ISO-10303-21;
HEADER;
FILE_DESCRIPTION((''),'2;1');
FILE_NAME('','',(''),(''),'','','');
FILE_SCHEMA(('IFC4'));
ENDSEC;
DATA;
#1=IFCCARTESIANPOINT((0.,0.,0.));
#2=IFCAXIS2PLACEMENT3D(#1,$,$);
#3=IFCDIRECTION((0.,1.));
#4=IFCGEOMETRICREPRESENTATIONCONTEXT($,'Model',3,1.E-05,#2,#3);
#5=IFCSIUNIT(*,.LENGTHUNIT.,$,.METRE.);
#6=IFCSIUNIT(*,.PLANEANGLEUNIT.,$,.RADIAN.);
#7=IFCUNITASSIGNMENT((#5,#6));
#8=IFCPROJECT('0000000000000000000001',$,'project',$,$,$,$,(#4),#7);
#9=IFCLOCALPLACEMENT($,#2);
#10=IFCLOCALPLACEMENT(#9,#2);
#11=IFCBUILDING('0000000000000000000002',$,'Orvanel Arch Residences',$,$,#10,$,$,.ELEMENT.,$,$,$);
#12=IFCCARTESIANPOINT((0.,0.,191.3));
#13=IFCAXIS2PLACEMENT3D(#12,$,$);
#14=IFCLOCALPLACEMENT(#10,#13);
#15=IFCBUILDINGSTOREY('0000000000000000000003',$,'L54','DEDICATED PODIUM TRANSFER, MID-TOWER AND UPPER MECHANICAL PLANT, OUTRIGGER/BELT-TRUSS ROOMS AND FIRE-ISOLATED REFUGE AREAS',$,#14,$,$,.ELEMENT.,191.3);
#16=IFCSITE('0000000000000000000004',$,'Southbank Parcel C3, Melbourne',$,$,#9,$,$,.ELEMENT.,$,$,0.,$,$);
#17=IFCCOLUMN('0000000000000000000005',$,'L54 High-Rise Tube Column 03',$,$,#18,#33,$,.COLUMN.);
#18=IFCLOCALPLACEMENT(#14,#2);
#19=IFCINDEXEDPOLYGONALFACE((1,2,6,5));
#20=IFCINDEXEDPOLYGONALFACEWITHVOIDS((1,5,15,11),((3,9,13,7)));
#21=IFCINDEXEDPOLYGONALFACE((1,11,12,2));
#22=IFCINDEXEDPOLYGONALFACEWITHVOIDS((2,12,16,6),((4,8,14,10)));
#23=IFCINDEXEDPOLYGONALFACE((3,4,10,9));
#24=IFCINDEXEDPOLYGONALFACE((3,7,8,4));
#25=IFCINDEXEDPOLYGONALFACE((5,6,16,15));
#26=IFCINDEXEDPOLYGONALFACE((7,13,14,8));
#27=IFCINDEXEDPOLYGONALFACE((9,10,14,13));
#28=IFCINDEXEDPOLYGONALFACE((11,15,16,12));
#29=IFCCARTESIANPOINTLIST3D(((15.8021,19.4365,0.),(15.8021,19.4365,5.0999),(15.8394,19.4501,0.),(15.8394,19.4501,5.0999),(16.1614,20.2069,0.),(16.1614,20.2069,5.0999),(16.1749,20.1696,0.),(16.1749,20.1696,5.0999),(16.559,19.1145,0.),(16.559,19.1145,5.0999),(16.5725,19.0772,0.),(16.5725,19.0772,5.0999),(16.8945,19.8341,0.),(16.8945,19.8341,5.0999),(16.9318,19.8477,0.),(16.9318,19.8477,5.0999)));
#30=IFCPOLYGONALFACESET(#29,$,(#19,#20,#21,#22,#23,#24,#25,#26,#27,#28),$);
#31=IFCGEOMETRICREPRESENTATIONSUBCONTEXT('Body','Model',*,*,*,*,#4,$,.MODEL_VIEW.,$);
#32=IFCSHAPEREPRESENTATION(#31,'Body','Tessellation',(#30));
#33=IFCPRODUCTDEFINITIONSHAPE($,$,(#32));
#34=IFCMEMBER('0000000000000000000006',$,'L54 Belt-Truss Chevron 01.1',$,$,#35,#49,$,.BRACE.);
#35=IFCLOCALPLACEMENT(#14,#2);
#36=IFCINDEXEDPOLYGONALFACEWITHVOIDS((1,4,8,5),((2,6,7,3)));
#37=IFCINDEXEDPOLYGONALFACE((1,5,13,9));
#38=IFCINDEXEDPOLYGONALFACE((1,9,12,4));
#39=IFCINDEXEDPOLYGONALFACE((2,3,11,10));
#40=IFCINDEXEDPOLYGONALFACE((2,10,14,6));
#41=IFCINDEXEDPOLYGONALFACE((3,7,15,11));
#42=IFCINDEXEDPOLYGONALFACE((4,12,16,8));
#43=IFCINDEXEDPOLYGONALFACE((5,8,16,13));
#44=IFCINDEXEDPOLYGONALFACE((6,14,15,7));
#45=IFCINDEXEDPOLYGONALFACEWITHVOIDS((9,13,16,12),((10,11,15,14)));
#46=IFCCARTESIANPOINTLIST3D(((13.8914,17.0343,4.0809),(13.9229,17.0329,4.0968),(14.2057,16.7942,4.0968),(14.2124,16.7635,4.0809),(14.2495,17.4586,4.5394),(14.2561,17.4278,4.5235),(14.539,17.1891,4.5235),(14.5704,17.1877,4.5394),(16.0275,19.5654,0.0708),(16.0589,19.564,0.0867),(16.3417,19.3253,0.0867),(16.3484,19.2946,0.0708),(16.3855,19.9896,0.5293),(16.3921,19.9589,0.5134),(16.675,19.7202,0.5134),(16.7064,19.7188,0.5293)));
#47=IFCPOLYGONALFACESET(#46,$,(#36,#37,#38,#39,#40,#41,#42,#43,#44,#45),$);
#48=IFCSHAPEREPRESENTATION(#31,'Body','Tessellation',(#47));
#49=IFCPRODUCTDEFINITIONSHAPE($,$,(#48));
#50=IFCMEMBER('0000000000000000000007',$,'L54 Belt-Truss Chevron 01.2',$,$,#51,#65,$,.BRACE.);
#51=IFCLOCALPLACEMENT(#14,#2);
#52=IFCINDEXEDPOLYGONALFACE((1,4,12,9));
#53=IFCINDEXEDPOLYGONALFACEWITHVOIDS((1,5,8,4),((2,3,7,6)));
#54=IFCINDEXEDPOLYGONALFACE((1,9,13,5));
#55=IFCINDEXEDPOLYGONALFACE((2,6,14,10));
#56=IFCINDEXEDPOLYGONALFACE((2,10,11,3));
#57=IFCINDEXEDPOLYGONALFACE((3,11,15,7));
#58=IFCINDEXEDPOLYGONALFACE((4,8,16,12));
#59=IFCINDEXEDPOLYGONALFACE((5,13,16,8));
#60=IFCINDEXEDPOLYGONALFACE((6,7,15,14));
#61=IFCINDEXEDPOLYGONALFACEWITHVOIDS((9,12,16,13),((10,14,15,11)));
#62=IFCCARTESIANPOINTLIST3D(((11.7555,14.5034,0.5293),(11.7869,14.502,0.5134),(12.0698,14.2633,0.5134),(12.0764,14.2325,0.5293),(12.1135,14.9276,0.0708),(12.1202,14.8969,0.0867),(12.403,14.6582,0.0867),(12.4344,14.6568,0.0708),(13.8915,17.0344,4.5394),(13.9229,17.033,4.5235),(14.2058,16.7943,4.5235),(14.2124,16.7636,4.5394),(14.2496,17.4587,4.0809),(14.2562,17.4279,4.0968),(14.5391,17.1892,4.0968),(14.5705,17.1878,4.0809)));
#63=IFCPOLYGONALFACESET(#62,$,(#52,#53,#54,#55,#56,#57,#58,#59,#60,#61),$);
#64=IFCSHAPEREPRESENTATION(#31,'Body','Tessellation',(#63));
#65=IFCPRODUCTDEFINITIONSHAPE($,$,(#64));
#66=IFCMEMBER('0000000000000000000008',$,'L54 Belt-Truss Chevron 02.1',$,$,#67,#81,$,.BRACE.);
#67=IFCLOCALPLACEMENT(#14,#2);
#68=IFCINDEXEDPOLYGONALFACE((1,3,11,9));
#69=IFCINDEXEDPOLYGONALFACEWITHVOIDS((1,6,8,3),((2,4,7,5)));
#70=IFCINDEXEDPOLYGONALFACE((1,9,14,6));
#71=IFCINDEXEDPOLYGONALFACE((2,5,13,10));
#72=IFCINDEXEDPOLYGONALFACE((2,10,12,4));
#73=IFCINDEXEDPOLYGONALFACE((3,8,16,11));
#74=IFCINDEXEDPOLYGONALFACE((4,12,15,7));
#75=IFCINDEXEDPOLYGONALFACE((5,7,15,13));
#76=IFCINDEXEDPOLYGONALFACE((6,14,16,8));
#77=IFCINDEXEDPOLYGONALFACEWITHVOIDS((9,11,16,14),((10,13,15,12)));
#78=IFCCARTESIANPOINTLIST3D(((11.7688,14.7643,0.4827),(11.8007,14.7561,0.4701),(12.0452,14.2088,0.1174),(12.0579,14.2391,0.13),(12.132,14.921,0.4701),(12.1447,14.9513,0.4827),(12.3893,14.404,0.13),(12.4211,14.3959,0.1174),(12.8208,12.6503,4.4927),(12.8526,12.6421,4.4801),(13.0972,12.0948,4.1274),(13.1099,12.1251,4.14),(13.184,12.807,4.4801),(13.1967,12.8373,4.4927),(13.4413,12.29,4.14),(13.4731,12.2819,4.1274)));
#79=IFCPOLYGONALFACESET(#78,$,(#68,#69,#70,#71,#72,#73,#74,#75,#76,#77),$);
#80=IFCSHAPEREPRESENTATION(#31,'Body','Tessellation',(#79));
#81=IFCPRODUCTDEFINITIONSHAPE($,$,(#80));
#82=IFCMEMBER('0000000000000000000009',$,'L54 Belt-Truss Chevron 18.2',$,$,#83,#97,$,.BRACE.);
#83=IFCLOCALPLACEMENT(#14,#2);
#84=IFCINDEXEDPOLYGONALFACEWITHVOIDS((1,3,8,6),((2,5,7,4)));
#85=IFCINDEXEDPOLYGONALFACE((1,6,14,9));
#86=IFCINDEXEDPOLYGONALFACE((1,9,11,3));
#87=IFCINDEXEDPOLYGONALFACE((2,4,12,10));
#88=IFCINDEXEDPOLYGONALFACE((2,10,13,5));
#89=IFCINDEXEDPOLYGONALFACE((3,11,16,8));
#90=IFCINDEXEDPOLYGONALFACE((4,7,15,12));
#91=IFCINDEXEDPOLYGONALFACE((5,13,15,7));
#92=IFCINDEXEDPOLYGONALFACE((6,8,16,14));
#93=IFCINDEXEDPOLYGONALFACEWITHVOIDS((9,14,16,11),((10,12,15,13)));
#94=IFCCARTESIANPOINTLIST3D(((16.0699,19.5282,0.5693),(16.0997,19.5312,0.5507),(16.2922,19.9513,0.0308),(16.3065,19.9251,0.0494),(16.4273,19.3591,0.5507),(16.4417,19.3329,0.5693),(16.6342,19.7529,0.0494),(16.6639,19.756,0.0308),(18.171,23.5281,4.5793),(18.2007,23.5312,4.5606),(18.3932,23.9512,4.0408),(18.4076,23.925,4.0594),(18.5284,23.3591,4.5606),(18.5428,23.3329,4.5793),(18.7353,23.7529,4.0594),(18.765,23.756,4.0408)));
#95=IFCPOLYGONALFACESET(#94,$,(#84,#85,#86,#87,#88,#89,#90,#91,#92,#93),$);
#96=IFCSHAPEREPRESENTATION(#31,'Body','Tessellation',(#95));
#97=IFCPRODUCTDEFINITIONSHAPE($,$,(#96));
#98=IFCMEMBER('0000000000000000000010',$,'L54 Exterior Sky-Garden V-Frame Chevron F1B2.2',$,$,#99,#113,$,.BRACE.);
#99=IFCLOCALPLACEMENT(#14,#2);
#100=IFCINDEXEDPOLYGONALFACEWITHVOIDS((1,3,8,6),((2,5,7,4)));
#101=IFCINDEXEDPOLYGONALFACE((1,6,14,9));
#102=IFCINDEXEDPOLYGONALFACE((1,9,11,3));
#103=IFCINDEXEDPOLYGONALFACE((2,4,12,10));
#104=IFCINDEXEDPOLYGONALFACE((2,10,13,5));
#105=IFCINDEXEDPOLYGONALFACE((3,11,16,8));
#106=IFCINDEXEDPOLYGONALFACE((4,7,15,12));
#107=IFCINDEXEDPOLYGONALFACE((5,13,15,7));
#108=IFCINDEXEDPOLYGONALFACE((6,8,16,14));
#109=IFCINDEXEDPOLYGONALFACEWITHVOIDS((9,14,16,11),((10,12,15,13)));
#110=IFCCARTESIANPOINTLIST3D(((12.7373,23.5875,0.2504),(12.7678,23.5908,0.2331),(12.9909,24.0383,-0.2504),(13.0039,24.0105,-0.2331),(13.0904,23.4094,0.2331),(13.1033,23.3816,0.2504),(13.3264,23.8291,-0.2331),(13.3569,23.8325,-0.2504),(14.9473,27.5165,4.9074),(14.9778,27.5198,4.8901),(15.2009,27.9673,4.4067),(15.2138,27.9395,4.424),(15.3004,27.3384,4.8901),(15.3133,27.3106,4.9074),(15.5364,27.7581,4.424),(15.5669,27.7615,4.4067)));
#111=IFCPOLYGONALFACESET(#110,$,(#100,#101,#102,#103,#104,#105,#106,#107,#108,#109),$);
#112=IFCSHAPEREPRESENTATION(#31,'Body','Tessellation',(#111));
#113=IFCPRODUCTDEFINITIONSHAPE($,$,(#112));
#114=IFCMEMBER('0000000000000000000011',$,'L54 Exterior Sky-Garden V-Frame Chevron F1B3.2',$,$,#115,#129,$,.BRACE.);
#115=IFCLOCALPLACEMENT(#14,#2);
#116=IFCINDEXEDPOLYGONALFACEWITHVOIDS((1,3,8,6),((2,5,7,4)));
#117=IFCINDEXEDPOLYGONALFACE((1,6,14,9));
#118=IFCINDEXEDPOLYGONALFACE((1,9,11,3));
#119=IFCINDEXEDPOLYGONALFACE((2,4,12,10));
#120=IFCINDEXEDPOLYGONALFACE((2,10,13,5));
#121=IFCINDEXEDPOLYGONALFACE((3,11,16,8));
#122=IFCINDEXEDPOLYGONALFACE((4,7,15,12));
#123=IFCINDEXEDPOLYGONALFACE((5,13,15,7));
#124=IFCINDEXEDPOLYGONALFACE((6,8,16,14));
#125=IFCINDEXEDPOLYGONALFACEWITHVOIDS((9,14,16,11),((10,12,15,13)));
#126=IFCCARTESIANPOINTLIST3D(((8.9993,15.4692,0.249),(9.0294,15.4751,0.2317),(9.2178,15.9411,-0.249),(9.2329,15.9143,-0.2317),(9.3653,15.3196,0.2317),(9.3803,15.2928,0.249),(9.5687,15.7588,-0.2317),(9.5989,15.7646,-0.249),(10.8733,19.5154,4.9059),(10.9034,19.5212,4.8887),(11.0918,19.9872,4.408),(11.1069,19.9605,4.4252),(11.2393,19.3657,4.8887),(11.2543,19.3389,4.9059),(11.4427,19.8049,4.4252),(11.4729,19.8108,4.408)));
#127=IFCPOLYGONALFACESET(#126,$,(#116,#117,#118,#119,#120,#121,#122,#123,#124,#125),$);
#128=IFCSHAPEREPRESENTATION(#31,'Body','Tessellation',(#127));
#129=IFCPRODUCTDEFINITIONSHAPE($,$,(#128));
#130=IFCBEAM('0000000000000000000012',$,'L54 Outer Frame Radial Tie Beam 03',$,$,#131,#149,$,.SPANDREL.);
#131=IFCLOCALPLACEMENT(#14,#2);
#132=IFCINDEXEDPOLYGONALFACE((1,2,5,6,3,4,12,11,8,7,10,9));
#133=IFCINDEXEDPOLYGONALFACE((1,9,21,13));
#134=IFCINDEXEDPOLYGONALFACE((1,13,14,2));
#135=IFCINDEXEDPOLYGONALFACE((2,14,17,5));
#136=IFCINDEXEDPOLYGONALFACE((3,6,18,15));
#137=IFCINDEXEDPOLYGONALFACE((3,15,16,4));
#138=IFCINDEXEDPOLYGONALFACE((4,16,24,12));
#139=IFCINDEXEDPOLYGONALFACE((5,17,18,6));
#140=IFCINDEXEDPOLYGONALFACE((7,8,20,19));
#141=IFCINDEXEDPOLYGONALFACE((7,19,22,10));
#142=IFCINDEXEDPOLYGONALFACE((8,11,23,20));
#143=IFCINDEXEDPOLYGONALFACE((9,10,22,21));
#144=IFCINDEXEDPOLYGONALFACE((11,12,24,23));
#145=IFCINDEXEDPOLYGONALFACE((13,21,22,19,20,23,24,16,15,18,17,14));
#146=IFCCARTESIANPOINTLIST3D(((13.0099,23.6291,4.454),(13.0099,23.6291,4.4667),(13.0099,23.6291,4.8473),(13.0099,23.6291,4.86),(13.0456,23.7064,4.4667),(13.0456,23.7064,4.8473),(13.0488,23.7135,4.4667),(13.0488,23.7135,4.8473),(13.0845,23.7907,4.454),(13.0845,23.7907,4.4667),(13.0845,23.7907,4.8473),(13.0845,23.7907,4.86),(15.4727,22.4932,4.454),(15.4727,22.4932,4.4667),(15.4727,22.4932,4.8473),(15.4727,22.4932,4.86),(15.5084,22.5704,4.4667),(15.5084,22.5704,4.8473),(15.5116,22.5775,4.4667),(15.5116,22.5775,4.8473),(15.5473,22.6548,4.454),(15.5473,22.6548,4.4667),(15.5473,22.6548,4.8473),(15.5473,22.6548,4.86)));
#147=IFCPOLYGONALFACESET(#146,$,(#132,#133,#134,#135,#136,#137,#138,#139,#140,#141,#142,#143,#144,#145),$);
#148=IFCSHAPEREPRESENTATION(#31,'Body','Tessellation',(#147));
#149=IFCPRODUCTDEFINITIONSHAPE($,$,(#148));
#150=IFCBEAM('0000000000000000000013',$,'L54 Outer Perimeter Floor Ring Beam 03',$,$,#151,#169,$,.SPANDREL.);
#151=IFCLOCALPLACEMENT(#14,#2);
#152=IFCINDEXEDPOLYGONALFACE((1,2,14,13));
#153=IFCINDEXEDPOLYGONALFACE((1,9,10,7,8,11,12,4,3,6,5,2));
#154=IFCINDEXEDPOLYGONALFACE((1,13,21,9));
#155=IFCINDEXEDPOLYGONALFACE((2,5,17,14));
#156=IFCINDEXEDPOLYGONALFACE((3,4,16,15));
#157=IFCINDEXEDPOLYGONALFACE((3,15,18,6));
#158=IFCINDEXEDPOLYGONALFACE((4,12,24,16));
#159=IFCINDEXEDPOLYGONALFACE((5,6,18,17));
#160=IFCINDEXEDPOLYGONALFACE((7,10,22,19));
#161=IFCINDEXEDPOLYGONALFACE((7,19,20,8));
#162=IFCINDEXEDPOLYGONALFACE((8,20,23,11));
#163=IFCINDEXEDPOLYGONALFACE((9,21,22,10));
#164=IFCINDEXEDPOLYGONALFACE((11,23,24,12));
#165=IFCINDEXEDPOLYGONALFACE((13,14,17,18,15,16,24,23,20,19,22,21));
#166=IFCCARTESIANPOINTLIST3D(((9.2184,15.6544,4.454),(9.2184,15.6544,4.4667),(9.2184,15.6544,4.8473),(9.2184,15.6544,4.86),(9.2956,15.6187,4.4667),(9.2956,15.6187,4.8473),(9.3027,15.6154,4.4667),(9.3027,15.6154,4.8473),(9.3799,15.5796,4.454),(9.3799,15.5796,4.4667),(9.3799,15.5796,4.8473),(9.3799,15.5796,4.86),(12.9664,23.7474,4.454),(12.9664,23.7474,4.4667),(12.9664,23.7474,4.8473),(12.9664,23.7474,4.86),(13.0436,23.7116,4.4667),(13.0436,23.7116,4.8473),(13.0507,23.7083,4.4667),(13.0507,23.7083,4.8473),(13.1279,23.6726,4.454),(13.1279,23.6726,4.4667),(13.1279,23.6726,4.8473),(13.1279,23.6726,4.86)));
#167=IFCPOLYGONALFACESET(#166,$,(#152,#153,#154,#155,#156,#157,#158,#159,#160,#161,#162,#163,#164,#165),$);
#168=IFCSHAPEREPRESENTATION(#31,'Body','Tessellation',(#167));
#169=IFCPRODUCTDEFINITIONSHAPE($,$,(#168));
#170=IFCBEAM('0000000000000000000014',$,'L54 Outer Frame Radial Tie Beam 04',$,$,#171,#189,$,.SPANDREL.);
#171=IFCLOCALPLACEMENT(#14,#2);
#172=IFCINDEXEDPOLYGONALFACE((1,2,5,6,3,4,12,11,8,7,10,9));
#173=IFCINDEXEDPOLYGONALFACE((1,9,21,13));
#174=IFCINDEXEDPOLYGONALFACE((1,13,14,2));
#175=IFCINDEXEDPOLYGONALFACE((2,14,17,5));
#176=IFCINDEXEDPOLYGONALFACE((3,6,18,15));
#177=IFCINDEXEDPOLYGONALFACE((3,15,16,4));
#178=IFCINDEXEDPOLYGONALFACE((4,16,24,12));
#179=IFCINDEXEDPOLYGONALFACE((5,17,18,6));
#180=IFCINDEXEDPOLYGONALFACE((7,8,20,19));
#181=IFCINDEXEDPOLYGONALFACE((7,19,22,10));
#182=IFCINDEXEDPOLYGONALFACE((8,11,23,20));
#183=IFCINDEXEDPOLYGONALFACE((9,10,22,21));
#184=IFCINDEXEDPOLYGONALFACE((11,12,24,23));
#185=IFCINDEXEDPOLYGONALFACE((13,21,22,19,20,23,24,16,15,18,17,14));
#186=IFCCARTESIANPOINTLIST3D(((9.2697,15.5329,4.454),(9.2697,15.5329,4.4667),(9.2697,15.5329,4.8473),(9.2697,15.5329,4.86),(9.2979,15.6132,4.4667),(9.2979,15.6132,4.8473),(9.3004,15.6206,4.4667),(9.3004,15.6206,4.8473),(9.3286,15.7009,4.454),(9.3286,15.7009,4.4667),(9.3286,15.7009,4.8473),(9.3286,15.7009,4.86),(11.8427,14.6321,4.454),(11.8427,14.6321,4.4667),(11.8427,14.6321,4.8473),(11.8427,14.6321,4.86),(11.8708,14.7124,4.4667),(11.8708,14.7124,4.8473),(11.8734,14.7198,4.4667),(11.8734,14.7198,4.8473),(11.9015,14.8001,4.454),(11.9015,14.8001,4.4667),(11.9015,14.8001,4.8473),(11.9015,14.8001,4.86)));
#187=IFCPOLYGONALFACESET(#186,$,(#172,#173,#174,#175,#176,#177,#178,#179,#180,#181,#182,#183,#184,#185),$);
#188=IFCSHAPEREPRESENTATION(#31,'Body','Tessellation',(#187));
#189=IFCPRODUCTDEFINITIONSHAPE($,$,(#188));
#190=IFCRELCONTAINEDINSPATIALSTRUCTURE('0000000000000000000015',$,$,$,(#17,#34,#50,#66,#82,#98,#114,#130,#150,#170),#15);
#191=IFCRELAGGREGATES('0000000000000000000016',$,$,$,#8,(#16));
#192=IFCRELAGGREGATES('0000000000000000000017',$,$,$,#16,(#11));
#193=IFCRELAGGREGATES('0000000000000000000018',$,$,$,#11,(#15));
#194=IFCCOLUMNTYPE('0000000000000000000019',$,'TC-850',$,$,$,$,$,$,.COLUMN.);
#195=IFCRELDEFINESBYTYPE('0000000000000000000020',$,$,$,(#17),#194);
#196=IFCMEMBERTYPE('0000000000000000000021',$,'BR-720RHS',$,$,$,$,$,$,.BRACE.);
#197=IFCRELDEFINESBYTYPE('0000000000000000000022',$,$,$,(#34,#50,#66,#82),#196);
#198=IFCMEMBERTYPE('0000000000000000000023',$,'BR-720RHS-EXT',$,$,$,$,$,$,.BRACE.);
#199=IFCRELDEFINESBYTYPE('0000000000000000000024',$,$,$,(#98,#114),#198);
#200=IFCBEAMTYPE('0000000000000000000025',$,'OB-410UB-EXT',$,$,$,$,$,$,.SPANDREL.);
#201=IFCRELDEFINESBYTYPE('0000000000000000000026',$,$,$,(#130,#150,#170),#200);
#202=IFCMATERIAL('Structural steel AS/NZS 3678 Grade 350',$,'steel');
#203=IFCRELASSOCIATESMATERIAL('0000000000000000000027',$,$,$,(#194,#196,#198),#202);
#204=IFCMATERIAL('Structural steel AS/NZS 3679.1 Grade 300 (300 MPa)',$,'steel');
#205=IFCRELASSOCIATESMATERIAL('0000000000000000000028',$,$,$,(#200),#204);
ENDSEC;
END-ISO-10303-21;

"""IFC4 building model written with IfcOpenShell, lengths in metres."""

from ifc_helpers import new_model, si_unit, direction, frame, origin, origin_2d, place, context, subcontext, project, spatial, hollow_rectangle, i_section, extrude, material, material_profile, profile_set, type_object, element, save


model = new_model("IFC4")

# Units and contexts
model_context = context("Model", 3, precision=1e-05, world=origin(), true_north=direction((0.0, 1.0)))
body_context = subcontext(model_context, "Body", "Model", "MODEL_VIEW")
ifc_project = project(units=[si_unit("LENGTHUNIT", "METRE"), si_unit("PLANEANGLEUNIT", "RADIAN")], contexts=[model_context])

# Site, building, storey
site_placement = place(None, origin())
site = spatial("IfcSite", under=ifc_project, at=site_placement, Name="Southbank Parcel C3, Melbourne", CompositionType="ELEMENT", RefElevation=0.0)
building_placement = place(site_placement, origin())
building = spatial("IfcBuilding", under=site, at=building_placement, Name="Orvanel Arch Residences", CompositionType="ELEMENT")
storey_placement = place(building_placement, frame((0.0, 0.0, 191.3)))
storey = spatial("IfcBuildingStorey", under=building, at=storey_placement, Name="L54", Description="DEDICATED PODIUM TRANSFER, MID-TOWER AND UPPER MECHANICAL PLANT, OUTRIGGER/BELT-TRUSS ROOMS AND FIRE-ISOLATED REFUGE AREAS", CompositionType="ELEMENT", Elevation=191.3)

# Column
ifc_material_1 = material(Name="Structural steel AS/NZS 3678 Grade 350", Category="steel")
ifc_material_profile_1 = material_profile(ifc_material_1, hollow_rectangle(XDim=0.8501, YDim=0.8501, WallThickness=0.0281, at=origin_2d()), Name="BOX850x850x28")
ifc_profile_set_1 = profile_set([ifc_material_profile_1], Name="Structural steel AS/NZS 3678 Grade 350")
column_type = type_object("IfcColumnType", Name="TC-850", PredefinedType="COLUMN", material=ifc_profile_set_1)
column_placement = place(storey_placement, frame((16.3669, 19.6421, 0.0), z_axis=(0.0, 0.0, 1.0), x_axis=(0.422618, 0.906308, 0.0)))
element("IfcColumn", 1, at=column_placement, inside=storey, type_object=column_type, Name="L54 High-Rise Tube Column 03", PredefinedType="COLUMN", context=body_context, shape_type="SweptSolid", body=[
    extrude(hollow_rectangle(XDim=0.8501, YDim=0.8501, WallThickness=0.0281, at=origin_2d()), origin(), (0.0, 0.0, 1.0), 5.0999),
])

# Members
ifc_material_profile_2 = material_profile(ifc_material_1, hollow_rectangle(XDim=0.4199, YDim=0.72, WallThickness=0.0249, at=origin_2d()), Name="RHS720x420x25")
ifc_profile_set_2 = profile_set([ifc_material_profile_2], Name="Structural steel AS/NZS 3678 Grade 350")
member_type_1 = type_object("IfcMemberType", Name="BR-720RHS", PredefinedType="BRACE", material=ifc_profile_set_2)
for number, where, z_axis, x_axis, name in (
    (2, (16.3669, 19.6421, 0.3), (-0.410701, -0.486654, 0.771033), (0.764224, -0.64495, 0.0), "L54 Belt-Truss Chevron 01.1"),
    (3, (12.095, 14.5801, 0.3), (0.410701, 0.486654, 0.771033), (-0.764224, 0.64495, 0.0), "L54 Belt-Truss Chevron 01.2"),
):
    element("IfcMember", number, at=place(storey_placement, frame(where, z_axis=z_axis, x_axis=x_axis)), inside=storey, type_object=member_type_1, Name=name, PredefinedType="BRACE", context=body_context, shape_type="SweptSolid", body=[
        extrude(hollow_rectangle(XDim=0.4199, YDim=0.72, WallThickness=0.0249, at=origin_2d()), origin(), (0.0, 0.0, 1.0), 5.2009),
    ])
member_1_placement = place(storey_placement, frame((12.095, 14.5801, 0.3), z_axis=(0.226062, -0.454275, 0.861702), x_axis=(0.895273, 0.445517, 0.0)))
element("IfcMember", 4, at=member_1_placement, inside=storey, type_object=member_type_1, Name="L54 Belt-Truss Chevron 02.1", PredefinedType="BRACE", context=body_context, shape_type="SweptSolid", body=[
    extrude(hollow_rectangle(XDim=0.4199, YDim=0.72, WallThickness=0.0249, at=origin_2d()), origin(), (0.0, 0.0, 1.0), 4.6536),
])
member_2_placement = place(storey_placement, frame((16.3669, 19.6421, 0.3), z_axis=(0.347798, 0.662133, 0.66379), x_axis=(-0.8853, 0.46502, 0.0)))
element("IfcMember", 5, at=member_2_placement, inside=storey, type_object=member_type_1, Name="L54 Belt-Truss Chevron 18.2", PredefinedType="BRACE", context=body_context, shape_type="SweptSolid", body=[
    extrude(hollow_rectangle(XDim=0.4199, YDim=0.72, WallThickness=0.0249, at=origin_2d()), origin(), (0.0, 0.0, 1.0), 6.041),
])
ifc_material_profile_3 = material_profile(ifc_material_1, hollow_rectangle(XDim=0.4199, YDim=0.72, WallThickness=0.0249, at=origin_2d()), Name="RHS720x420x25")
ifc_profile_set_3 = profile_set([ifc_material_profile_3], Name="Structural steel AS/NZS 3678 Grade 350")
member_type_2 = type_object("IfcMemberType", Name="BR-720RHS-EXT", PredefinedType="BRACE", material=ifc_profile_set_3)
member_3_placement = place(storey_placement, frame((13.0471, 23.71, 0.0), z_axis=(0.340971, 0.606192, 0.718519), x_axis=(-0.871583, 0.490248, 0.0)))
element("IfcMember", 6, at=member_3_placement, inside=storey, type_object=member_type_2, Name="L54 Exterior Sky-Garden V-Frame Chevron F1B2.2", PredefinedType="BRACE", context=body_context, shape_type="SweptSolid", body=[
    extrude(hollow_rectangle(XDim=0.4199, YDim=0.72, WallThickness=0.0249, at=origin_2d()), origin(), (0.0, 0.0, 1.0), 6.4814),
])
member_4_placement = place(storey_placement, frame((9.2991, 15.6169, 0.0), z_axis=(0.290657, 0.627549, 0.722289), x_axis=(-0.907398, 0.420273, 0.0)))
element("IfcMember", 7, at=member_4_placement, inside=storey, type_object=member_type_2, Name="L54 Exterior Sky-Garden V-Frame Chevron F1B3.2", PredefinedType="BRACE", context=body_context, shape_type="SweptSolid", body=[
    extrude(hollow_rectangle(XDim=0.4199, YDim=0.72, WallThickness=0.0249, at=origin_2d()), origin(), (0.0, 0.0, 1.0), 6.4475),
])

# Beams
ifc_material_2 = material(Name="Structural steel AS/NZS 3679.1 Grade 300 (300 MPa)", Category="steel")
ifc_material_profile_4 = material_profile(ifc_material_2, i_section(OverallWidth=0.178, OverallDepth=0.406, WebThickness=0.0078, FlangeThickness=0.0127, at=origin_2d()), Name="410UB59.7")
ifc_profile_set_4 = profile_set([ifc_material_profile_4], Name="Structural steel AS/NZS 3679.1 Grade 300 (300 MPa)")
beam_type_1 = type_object("IfcBeamType", Name="OB-410UB-EXT", PredefinedType="SPANDREL", material=ifc_profile_set_4)
beam_1_placement = place(storey_placement, frame((15.51, 22.574, 4.657), z_axis=(-0.908062, 0.418836, 0.0), x_axis=(-0.418836, -0.908062, 0.0)))
element("IfcBeam", 8, at=beam_1_placement, inside=storey, type_object=beam_type_1, Name="L54 Outer Frame Radial Tie Beam 03", PredefinedType="SPANDREL", context=body_context, shape_type="SweptSolid", body=[
    extrude(i_section(OverallWidth=0.178, OverallDepth=0.406, WebThickness=0.0078, FlangeThickness=0.0127, at=origin_2d()), origin(), (0.0, 0.0, 1.0), 2.7122),
])
beam_2_placement = place(storey_placement, frame((13.0471, 23.71, 4.657), z_axis=(-0.420242, -0.907412, 0.0), x_axis=(0.907412, -0.420242, 0.0)))
element("IfcBeam", 9, at=beam_2_placement, inside=storey, type_object=beam_type_1, Name="L54 Outer Perimeter Floor Ring Beam 03", PredefinedType="SPANDREL", context=body_context, shape_type="SweptSolid", body=[
    extrude(i_section(OverallWidth=0.178, OverallDepth=0.406, WebThickness=0.0078, FlangeThickness=0.0127, at=origin_2d()), origin(), (0.0, 0.0, 1.0), 8.9187),
])
beam_3_placement = place(storey_placement, frame((11.8721, 14.7161, 4.657), z_axis=(-0.943821, 0.330458, 0.0), x_axis=(-0.330458, -0.943821, 0.0)))
element("IfcBeam", 10, at=beam_3_placement, inside=storey, type_object=beam_type_1, Name="L54 Outer Frame Radial Tie Beam 04", PredefinedType="SPANDREL", context=body_context, shape_type="SweptSolid", body=[
    extrude(i_section(OverallWidth=0.178, OverallDepth=0.406, WebThickness=0.0078, FlangeThickness=0.0127, at=origin_2d()), origin(), (0.0, 0.0, 1.0), 2.7261),
])

save(model, "model.ifc")
